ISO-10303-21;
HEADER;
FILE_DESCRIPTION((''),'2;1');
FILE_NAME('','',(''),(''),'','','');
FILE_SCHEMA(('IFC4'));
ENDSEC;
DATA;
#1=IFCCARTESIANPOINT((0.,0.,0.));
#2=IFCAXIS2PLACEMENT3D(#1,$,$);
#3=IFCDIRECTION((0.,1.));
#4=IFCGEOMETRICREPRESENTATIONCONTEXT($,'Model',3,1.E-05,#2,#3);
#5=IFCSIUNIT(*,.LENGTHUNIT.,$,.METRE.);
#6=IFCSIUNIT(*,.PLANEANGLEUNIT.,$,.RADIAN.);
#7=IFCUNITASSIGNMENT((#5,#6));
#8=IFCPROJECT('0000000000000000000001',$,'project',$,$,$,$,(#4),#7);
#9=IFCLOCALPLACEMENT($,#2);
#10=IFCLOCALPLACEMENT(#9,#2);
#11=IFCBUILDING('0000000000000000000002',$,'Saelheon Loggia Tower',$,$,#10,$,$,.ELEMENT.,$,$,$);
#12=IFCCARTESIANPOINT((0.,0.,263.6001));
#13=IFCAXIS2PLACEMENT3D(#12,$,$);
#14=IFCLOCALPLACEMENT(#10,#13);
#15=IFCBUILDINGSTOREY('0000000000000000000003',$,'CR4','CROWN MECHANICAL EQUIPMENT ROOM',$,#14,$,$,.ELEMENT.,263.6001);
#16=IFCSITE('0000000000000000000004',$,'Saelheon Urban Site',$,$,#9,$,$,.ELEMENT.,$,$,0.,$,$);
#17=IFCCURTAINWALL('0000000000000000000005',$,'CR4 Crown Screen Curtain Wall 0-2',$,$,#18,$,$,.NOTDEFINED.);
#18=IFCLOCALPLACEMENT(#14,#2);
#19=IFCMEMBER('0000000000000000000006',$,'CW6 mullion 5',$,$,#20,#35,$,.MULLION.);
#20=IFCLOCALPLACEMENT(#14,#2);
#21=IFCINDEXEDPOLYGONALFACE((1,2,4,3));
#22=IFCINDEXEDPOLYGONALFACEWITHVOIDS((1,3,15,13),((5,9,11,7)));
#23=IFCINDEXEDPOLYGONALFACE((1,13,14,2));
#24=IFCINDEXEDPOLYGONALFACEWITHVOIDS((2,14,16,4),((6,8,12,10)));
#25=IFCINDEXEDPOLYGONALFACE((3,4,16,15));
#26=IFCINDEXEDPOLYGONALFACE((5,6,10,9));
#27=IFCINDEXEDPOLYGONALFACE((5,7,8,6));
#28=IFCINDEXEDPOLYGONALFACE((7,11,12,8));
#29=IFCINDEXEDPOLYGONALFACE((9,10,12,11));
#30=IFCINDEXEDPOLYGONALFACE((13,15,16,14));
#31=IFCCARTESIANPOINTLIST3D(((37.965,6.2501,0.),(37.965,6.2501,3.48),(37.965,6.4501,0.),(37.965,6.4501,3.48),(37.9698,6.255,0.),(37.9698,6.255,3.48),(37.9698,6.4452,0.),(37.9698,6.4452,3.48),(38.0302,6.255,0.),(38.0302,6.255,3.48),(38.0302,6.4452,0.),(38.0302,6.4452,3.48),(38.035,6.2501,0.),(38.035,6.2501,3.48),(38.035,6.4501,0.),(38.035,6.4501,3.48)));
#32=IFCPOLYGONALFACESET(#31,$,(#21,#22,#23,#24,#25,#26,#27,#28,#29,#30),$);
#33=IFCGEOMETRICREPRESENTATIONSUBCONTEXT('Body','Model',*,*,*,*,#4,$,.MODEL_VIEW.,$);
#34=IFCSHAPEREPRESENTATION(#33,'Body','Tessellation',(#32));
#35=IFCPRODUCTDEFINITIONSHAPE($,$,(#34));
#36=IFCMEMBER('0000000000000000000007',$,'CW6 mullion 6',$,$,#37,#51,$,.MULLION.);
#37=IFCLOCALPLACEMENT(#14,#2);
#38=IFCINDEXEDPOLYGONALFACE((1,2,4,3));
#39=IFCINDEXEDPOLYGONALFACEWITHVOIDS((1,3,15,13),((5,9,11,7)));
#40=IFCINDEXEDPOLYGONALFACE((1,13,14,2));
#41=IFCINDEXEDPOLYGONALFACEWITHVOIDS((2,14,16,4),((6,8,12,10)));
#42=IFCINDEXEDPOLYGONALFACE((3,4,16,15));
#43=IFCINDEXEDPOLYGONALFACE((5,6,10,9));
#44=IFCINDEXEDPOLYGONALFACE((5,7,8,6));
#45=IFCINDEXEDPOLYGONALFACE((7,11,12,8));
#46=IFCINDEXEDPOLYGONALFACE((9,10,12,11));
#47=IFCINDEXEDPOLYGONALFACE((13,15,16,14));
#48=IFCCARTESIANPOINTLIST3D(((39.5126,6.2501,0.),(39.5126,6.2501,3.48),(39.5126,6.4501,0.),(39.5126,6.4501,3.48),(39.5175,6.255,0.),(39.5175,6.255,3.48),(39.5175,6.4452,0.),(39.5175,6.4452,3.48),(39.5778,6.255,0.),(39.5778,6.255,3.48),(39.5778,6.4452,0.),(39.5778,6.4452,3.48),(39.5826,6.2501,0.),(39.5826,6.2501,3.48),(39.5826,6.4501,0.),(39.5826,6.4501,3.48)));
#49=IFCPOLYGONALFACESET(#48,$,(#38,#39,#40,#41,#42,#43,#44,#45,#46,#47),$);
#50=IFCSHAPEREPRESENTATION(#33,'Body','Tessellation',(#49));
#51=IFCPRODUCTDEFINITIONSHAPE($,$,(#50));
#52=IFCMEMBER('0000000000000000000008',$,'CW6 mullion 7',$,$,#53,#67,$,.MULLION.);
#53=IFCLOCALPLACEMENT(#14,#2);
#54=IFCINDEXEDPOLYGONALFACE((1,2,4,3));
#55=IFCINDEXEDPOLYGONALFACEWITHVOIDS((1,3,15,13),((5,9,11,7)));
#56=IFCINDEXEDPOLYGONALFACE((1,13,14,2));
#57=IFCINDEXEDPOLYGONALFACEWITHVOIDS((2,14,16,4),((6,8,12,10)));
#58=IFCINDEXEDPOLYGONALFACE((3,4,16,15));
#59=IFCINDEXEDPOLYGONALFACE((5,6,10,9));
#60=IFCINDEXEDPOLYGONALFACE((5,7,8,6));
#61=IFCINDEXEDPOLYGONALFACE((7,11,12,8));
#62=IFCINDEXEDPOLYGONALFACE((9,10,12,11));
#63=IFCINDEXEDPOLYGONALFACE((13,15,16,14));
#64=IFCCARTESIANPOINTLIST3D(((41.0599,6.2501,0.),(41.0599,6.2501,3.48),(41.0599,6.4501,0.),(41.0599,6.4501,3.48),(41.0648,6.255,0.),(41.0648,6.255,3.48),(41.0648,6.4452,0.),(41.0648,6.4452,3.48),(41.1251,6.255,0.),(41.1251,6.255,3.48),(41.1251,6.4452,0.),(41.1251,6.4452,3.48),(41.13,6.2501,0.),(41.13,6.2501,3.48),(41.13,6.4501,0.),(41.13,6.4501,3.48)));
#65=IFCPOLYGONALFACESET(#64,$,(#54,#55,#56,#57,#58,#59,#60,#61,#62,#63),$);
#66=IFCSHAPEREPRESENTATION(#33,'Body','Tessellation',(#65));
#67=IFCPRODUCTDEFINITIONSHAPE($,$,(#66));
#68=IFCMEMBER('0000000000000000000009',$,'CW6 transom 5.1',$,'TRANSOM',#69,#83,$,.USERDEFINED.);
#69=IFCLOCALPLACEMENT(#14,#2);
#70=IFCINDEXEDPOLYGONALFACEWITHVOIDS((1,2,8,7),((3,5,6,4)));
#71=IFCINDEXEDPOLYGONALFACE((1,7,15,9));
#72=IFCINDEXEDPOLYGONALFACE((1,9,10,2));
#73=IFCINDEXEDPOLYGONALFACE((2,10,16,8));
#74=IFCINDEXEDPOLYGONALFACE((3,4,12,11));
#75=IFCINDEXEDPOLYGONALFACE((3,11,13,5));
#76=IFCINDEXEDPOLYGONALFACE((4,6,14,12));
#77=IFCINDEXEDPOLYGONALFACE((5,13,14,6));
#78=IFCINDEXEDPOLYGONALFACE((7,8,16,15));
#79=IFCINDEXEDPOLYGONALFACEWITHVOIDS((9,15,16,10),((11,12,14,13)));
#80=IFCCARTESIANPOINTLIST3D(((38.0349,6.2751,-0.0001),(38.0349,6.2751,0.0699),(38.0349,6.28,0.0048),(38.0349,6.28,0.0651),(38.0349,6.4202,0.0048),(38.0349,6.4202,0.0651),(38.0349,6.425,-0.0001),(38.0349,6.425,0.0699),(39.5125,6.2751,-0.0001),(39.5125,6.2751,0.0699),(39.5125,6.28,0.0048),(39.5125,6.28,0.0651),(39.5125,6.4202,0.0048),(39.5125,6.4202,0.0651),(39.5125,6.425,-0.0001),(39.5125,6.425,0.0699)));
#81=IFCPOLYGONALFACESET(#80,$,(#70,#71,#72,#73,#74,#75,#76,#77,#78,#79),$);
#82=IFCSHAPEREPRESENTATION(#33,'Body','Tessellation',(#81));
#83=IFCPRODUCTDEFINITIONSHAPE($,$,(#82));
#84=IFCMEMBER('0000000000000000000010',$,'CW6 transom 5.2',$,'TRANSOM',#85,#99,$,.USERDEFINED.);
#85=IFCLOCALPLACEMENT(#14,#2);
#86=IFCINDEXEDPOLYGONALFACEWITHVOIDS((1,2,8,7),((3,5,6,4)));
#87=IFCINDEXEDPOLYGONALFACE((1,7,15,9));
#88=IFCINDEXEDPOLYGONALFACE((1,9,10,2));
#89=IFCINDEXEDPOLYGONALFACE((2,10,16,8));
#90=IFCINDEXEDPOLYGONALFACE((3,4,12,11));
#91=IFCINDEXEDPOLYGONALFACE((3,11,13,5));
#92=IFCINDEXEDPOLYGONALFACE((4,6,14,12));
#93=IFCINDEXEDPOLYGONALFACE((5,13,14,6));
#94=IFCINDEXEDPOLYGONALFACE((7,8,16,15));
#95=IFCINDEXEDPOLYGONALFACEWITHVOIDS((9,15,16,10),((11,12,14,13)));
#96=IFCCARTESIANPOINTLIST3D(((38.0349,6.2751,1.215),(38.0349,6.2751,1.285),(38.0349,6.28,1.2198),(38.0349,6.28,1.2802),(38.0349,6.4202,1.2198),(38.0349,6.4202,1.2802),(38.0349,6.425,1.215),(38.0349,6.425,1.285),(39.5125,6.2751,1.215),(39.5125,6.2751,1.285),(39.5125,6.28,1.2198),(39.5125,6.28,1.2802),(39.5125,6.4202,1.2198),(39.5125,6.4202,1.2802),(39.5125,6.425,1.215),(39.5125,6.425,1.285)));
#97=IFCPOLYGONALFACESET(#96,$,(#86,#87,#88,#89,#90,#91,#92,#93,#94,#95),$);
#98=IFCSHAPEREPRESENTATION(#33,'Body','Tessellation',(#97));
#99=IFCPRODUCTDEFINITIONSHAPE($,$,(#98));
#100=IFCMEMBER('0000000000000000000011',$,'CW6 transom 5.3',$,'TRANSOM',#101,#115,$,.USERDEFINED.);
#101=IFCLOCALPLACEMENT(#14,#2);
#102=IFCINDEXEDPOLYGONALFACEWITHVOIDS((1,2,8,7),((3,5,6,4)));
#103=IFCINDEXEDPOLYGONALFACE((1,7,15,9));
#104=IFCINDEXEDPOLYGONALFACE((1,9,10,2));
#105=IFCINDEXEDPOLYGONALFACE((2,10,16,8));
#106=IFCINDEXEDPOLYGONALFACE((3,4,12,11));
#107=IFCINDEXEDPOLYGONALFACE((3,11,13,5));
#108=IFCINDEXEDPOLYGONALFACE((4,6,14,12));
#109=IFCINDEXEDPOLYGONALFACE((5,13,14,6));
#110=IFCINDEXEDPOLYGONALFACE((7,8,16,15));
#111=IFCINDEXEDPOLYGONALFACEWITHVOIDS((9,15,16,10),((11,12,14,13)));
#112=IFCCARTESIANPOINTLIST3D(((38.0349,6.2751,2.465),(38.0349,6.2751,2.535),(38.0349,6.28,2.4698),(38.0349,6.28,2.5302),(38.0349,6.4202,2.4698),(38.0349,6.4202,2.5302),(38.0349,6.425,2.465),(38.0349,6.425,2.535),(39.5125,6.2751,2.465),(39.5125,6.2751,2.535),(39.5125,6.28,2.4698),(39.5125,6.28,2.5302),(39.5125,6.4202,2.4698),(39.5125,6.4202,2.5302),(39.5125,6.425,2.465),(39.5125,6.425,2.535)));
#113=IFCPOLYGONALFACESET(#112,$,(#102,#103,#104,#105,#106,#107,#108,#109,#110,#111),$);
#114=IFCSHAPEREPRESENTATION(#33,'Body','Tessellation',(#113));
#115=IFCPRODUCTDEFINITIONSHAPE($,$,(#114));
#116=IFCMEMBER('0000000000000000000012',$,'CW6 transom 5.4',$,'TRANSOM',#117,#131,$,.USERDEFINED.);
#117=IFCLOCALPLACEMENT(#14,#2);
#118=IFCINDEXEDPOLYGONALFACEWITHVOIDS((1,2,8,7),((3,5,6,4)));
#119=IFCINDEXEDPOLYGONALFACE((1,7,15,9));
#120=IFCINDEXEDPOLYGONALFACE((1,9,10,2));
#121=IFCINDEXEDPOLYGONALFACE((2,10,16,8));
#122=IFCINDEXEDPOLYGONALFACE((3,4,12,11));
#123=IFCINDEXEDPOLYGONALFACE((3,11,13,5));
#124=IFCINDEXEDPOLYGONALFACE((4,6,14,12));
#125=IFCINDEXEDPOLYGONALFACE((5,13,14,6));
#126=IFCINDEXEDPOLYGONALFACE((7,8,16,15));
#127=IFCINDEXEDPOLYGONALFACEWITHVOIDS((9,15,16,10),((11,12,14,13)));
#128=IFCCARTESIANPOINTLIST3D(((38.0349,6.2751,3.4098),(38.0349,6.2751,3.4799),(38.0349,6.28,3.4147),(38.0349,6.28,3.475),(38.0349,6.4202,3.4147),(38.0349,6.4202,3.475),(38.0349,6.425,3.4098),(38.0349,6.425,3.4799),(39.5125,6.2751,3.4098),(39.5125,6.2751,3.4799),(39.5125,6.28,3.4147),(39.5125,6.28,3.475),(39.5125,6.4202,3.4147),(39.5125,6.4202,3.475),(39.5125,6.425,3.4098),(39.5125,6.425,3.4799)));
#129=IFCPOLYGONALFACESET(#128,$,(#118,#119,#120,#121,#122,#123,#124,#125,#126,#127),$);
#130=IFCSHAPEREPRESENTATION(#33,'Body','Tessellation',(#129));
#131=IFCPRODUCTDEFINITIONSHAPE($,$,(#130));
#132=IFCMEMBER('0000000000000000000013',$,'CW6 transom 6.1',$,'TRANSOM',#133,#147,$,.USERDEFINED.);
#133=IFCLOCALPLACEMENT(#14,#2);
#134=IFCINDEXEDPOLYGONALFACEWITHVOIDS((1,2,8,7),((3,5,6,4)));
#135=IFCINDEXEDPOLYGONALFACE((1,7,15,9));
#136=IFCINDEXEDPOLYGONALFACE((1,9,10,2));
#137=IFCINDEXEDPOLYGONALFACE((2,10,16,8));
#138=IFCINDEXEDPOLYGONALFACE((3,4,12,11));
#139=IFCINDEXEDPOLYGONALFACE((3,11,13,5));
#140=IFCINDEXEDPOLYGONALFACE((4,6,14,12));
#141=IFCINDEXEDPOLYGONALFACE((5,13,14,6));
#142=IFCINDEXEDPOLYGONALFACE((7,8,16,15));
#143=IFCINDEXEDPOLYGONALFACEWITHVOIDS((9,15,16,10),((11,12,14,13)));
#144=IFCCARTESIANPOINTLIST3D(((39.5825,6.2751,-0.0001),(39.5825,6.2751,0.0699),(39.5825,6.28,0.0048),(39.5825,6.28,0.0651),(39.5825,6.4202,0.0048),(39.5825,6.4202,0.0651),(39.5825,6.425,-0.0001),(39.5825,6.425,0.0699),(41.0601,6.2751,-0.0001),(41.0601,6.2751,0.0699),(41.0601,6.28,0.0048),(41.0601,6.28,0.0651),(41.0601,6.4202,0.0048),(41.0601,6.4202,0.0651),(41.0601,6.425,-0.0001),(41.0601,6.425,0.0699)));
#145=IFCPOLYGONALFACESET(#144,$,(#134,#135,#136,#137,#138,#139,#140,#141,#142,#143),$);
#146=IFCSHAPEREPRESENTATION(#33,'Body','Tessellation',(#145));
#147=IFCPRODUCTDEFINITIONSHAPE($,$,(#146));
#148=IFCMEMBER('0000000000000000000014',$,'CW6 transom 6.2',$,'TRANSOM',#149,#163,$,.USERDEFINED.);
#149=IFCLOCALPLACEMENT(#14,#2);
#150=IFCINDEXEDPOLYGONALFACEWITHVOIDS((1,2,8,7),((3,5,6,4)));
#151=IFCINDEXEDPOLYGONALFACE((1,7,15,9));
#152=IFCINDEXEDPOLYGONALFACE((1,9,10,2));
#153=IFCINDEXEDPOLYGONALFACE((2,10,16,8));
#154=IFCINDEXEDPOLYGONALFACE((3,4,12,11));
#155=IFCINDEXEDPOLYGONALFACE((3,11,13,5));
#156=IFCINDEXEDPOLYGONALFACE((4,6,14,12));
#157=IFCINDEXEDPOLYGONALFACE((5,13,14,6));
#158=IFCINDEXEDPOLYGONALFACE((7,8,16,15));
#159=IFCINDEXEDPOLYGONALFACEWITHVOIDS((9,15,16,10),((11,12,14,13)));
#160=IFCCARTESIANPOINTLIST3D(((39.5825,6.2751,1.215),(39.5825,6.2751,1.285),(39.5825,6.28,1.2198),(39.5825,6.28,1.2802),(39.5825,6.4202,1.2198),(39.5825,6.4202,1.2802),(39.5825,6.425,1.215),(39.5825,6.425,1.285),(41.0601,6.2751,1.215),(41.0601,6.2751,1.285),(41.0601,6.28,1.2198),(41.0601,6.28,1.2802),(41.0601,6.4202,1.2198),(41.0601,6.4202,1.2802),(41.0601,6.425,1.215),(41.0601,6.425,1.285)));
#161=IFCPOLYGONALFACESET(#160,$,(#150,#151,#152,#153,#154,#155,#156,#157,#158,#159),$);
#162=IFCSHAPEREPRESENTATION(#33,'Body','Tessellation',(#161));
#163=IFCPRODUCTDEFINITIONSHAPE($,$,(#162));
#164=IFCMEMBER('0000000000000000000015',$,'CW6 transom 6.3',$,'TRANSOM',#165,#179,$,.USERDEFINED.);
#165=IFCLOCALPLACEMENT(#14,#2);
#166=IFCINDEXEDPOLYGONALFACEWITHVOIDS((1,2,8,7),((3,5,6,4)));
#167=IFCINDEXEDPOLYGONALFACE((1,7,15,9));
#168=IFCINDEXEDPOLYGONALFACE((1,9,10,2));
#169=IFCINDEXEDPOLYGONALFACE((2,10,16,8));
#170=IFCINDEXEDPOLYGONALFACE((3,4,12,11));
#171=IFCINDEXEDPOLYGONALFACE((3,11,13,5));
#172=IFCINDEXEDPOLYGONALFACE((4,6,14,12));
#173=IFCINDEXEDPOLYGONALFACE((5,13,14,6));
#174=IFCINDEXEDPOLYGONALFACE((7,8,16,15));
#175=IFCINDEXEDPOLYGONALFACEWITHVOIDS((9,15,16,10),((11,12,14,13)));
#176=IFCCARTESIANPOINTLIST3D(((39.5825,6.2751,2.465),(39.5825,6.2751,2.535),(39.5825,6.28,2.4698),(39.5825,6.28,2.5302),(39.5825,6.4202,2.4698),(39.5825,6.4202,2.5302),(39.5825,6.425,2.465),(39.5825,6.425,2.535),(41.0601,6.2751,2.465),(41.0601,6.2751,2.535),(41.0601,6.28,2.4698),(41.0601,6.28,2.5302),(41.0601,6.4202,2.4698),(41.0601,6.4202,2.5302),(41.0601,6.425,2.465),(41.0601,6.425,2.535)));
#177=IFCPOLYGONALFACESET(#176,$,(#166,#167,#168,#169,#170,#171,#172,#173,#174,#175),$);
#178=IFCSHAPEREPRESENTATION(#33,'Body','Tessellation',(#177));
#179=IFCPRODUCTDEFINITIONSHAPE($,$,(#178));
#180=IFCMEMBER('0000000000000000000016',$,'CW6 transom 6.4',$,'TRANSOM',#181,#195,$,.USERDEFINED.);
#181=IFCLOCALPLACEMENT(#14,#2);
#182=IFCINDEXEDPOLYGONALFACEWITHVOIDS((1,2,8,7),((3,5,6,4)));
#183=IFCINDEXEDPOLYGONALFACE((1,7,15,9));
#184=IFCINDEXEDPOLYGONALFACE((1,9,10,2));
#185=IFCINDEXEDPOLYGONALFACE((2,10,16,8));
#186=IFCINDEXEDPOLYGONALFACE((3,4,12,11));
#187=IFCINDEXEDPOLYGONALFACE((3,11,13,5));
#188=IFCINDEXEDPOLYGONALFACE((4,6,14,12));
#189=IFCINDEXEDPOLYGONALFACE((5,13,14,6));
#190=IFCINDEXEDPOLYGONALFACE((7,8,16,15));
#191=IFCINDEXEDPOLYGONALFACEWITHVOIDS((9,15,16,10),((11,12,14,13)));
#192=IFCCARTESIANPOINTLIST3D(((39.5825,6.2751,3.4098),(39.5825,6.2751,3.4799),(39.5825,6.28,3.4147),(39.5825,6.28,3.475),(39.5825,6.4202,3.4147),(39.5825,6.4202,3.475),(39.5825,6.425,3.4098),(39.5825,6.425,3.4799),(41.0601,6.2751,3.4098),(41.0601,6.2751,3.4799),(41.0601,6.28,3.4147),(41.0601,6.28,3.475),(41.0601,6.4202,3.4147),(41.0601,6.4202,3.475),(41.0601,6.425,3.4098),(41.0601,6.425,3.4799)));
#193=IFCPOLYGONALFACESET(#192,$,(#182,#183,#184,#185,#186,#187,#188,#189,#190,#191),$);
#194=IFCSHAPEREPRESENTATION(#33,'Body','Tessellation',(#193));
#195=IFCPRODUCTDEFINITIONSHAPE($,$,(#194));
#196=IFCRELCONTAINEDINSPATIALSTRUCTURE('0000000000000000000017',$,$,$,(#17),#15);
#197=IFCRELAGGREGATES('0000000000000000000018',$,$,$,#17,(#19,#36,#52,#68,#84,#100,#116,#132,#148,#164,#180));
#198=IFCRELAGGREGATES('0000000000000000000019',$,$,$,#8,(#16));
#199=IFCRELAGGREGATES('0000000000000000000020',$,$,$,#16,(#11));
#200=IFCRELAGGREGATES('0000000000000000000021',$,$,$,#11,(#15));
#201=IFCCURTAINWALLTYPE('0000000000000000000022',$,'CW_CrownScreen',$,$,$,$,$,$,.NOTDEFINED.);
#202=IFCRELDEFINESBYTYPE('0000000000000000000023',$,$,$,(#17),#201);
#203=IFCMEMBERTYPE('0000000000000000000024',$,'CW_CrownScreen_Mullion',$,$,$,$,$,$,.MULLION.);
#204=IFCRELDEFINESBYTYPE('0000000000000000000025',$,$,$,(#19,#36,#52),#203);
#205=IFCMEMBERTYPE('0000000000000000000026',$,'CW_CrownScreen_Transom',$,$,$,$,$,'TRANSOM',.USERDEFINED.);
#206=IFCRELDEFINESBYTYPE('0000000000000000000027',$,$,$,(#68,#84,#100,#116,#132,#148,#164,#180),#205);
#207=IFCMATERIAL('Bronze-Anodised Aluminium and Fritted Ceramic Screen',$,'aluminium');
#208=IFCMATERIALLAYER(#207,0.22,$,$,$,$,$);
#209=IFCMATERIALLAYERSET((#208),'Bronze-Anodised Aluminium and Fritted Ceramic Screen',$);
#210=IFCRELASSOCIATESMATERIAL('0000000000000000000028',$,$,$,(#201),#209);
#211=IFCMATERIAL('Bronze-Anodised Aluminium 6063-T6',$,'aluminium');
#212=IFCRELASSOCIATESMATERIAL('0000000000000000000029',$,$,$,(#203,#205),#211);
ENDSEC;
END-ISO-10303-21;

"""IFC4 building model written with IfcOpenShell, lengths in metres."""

from ifc_helpers import new_model, si_unit, direction, frame, origin, origin_2d, place, context, subcontext, project, spatial, hollow_rectangle, extrude, source, transform, mapped, material, layer, layer_set, material_profile, profile_set, type_object, element, aggregate, save


model = new_model("IFC4")

# Units and contexts
model_context = context("Model", 3, precision=1e-05, world=origin(), true_north=direction((0.0, 1.0)))
body_context = subcontext(model_context, "Body", "Model", "MODEL_VIEW")
ifc_project = project(units=[si_unit("LENGTHUNIT", "METRE"), si_unit("PLANEANGLEUNIT", "RADIAN")], contexts=[model_context])

# Site, building, storey
site_placement = place(None, origin())
site = spatial("IfcSite", under=ifc_project, at=site_placement, Name="Saelheon Urban Site", CompositionType="ELEMENT", RefElevation=0.0)
building_placement = place(site_placement, origin())
building = spatial("IfcBuilding", under=site, at=building_placement, Name="Saelheon Loggia Tower", CompositionType="ELEMENT")
storey_placement = place(building_placement, frame((0.0, 0.0, 263.6001)))
storey = spatial("IfcBuildingStorey", under=building, at=storey_placement, Name="CR4", Description="CROWN MECHANICAL EQUIPMENT ROOM", CompositionType="ELEMENT", Elevation=263.6001)

# Curtain wall, members
ifc_material_1 = material(Name="Bronze-Anodised Aluminium and Fritted Ceramic Screen", Category="aluminium")
ifc_layer_1 = layer(ifc_material_1, 0.22)
ifc_layer_set_1 = layer_set([ifc_layer_1], Name="Bronze-Anodised Aluminium and Fritted Ceramic Screen")
curtain_wall_type = type_object("IfcCurtainWallType", Name="CW_CrownScreen", PredefinedType="NOTDEFINED", material=ifc_layer_set_1)
curtain_wall_placement = place(storey_placement, origin())
curtain_wall = element("IfcCurtainWall", 1, at=curtain_wall_placement, inside=storey, type_object=curtain_wall_type, Name="CR4 Crown Screen Curtain Wall 0-2", PredefinedType="NOTDEFINED")
ifc_material_2 = material(Name="Bronze-Anodised Aluminium 6063-T6", Category="aluminium")
ifc_material_profile_1 = material_profile(ifc_material_2, hollow_rectangle(XDim=0.0701, YDim=0.2, WallThickness=0.0049, at=origin_2d()), Name="RHS-200x70x5")
ifc_profile_set_1 = profile_set([ifc_material_profile_1], Name="Bronze-Anodised Aluminium 6063-T6")
member_type_1 = type_object("IfcMemberType", Name="CW_CrownScreen_Mullion", PredefinedType="MULLION", material=ifc_profile_set_1)
shared_shape_1 = source(origin(), body_context, "Body", "SweptSolid", [
    extrude(hollow_rectangle(XDim=0.0701, YDim=0.2, WallThickness=0.0049, at=origin_2d()), origin(), (0.0, 0.0, 1.0), 3.48),
])
member_1_placement = place(storey_placement, frame((38.0, 6.3501, 0.0), z_axis=(0.0, 0.0, 1.0), x_axis=(1.0, 0.0, 0.0)))
member_1 = element("IfcMember", 2, at=member_1_placement, type_object=member_type_1, Name="CW6 mullion 5", PredefinedType="MULLION", context=body_context, shape_type="MappedRepresentation", body=[
    mapped(shared_shape_1, transform((0.0, 0.0, 0.0), scale=1.0)),
])
member_2_placement = place(storey_placement, frame((39.5476, 6.3501, 0.0), z_axis=(0.0, 0.0, 1.0), x_axis=(1.0, 0.0, 0.0)))
member_2 = element("IfcMember", 3, at=member_2_placement, type_object=member_type_1, Name="CW6 mullion 6", PredefinedType="MULLION", context=body_context, shape_type="MappedRepresentation", body=[
    mapped(shared_shape_1, transform((0.0, 0.0, 0.0), scale=1.0)),
])
member_3_placement = place(storey_placement, frame((41.095, 6.3501, 0.0), z_axis=(0.0, 0.0, 1.0), x_axis=(1.0, 0.0, 0.0)))
member_3 = element("IfcMember", 4, at=member_3_placement, type_object=member_type_1, Name="CW6 mullion 7", PredefinedType="MULLION", context=body_context, shape_type="MappedRepresentation", body=[
    mapped(shared_shape_1, transform((0.0, 0.0, 0.0), scale=1.0)),
])
ifc_material_profile_2 = material_profile(ifc_material_2, hollow_rectangle(XDim=0.0701, YDim=0.1499, WallThickness=0.0049, at=origin_2d()), Name="RHS-150x70x5")
ifc_profile_set_2 = profile_set([ifc_material_profile_2], Name="Bronze-Anodised Aluminium 6063-T6")
member_type_2 = type_object("IfcMemberType", Name="CW_CrownScreen_Transom", ElementType="TRANSOM", PredefinedType="USERDEFINED", material=ifc_profile_set_2)
shared_shape_2 = source(origin(), body_context, "Body", "SweptSolid", [
    extrude(hollow_rectangle(XDim=0.0701, YDim=0.1499, WallThickness=0.0049, at=origin_2d()), origin(), (0.0, 0.0, 1.0), 1.4775),
])
member_4_placement = place(storey_placement, frame((38.0349, 6.3501, 0.0349), z_axis=(1.0, 0.0, 0.0), x_axis=(0.0, 0.0, 1.0)))
member_4 = element("IfcMember", 5, at=member_4_placement, type_object=member_type_2, Name="CW6 transom 5.1", ObjectType="TRANSOM", PredefinedType="USERDEFINED", context=body_context, shape_type="MappedRepresentation", body=[
    mapped(shared_shape_2, transform((0.0, 0.0, 0.0), scale=1.0)),
])
member_5_placement = place(storey_placement, frame((38.0349, 6.3501, 1.25), z_axis=(1.0, 0.0, 0.0), x_axis=(0.0, 0.0, 1.0)))
member_5 = element("IfcMember", 6, at=member_5_placement, type_object=member_type_2, Name="CW6 transom 5.2", ObjectType="TRANSOM", PredefinedType="USERDEFINED", context=body_context, shape_type="MappedRepresentation", body=[
    mapped(shared_shape_2, transform((0.0, 0.0, 0.0), scale=1.0)),
])
member_6_placement = place(storey_placement, frame((38.0349, 6.3501, 2.5), z_axis=(1.0, 0.0, 0.0), x_axis=(0.0, 0.0, 1.0)))
member_6 = element("IfcMember", 7, at=member_6_placement, type_object=member_type_2, Name="CW6 transom 5.3", ObjectType="TRANSOM", PredefinedType="USERDEFINED", context=body_context, shape_type="MappedRepresentation", body=[
    mapped(shared_shape_2, transform((0.0, 0.0, 0.0), scale=1.0)),
])
member_7_placement = place(storey_placement, frame((38.0349, 6.3501, 3.4448), z_axis=(1.0, 0.0, 0.0), x_axis=(0.0, 0.0, 1.0)))
member_7 = element("IfcMember", 8, at=member_7_placement, type_object=member_type_2, Name="CW6 transom 5.4", ObjectType="TRANSOM", PredefinedType="USERDEFINED", context=body_context, shape_type="MappedRepresentation", body=[
    mapped(shared_shape_2, transform((0.0, 0.0, 0.0), scale=1.0)),
])
member_8_placement = place(storey_placement, frame((39.5825, 6.3501, 0.0349), z_axis=(1.0, 0.0, 0.0), x_axis=(0.0, 0.0, 1.0)))
member_8 = element("IfcMember", 9, at=member_8_placement, type_object=member_type_2, Name="CW6 transom 6.1", ObjectType="TRANSOM", PredefinedType="USERDEFINED", context=body_context, shape_type="MappedRepresentation", body=[
    mapped(shared_shape_2, transform((0.0, 0.0, 0.0), scale=1.0)),
])
member_9_placement = place(storey_placement, frame((39.5825, 6.3501, 1.25), z_axis=(1.0, 0.0, 0.0), x_axis=(0.0, 0.0, 1.0)))
member_9 = element("IfcMember", 10, at=member_9_placement, type_object=member_type_2, Name="CW6 transom 6.2", ObjectType="TRANSOM", PredefinedType="USERDEFINED", context=body_context, shape_type="MappedRepresentation", body=[
    mapped(shared_shape_2, transform((0.0, 0.0, 0.0), scale=1.0)),
])
member_10_placement = place(storey_placement, frame((39.5825, 6.3501, 2.5), z_axis=(1.0, 0.0, 0.0), x_axis=(0.0, 0.0, 1.0)))
member_10 = element("IfcMember", 11, at=member_10_placement, type_object=member_type_2, Name="CW6 transom 6.3", ObjectType="TRANSOM", PredefinedType="USERDEFINED", context=body_context, shape_type="MappedRepresentation", body=[
    mapped(shared_shape_2, transform((0.0, 0.0, 0.0), scale=1.0)),
])
member_11_placement = place(storey_placement, frame((39.5825, 6.3501, 3.4448), z_axis=(1.0, 0.0, 0.0), x_axis=(0.0, 0.0, 1.0)))
member_11 = element("IfcMember", 12, at=member_11_placement, type_object=member_type_2, Name="CW6 transom 6.4", ObjectType="TRANSOM", PredefinedType="USERDEFINED", context=body_context, shape_type="MappedRepresentation", body=[
    mapped(shared_shape_2, transform((0.0, 0.0, 0.0), scale=1.0)),
])
aggregate(curtain_wall, [member_1, member_2, member_3, member_4, member_5, member_6, member_7, member_8, member_9, member_10, member_11])

save(model, "model.ifc")
